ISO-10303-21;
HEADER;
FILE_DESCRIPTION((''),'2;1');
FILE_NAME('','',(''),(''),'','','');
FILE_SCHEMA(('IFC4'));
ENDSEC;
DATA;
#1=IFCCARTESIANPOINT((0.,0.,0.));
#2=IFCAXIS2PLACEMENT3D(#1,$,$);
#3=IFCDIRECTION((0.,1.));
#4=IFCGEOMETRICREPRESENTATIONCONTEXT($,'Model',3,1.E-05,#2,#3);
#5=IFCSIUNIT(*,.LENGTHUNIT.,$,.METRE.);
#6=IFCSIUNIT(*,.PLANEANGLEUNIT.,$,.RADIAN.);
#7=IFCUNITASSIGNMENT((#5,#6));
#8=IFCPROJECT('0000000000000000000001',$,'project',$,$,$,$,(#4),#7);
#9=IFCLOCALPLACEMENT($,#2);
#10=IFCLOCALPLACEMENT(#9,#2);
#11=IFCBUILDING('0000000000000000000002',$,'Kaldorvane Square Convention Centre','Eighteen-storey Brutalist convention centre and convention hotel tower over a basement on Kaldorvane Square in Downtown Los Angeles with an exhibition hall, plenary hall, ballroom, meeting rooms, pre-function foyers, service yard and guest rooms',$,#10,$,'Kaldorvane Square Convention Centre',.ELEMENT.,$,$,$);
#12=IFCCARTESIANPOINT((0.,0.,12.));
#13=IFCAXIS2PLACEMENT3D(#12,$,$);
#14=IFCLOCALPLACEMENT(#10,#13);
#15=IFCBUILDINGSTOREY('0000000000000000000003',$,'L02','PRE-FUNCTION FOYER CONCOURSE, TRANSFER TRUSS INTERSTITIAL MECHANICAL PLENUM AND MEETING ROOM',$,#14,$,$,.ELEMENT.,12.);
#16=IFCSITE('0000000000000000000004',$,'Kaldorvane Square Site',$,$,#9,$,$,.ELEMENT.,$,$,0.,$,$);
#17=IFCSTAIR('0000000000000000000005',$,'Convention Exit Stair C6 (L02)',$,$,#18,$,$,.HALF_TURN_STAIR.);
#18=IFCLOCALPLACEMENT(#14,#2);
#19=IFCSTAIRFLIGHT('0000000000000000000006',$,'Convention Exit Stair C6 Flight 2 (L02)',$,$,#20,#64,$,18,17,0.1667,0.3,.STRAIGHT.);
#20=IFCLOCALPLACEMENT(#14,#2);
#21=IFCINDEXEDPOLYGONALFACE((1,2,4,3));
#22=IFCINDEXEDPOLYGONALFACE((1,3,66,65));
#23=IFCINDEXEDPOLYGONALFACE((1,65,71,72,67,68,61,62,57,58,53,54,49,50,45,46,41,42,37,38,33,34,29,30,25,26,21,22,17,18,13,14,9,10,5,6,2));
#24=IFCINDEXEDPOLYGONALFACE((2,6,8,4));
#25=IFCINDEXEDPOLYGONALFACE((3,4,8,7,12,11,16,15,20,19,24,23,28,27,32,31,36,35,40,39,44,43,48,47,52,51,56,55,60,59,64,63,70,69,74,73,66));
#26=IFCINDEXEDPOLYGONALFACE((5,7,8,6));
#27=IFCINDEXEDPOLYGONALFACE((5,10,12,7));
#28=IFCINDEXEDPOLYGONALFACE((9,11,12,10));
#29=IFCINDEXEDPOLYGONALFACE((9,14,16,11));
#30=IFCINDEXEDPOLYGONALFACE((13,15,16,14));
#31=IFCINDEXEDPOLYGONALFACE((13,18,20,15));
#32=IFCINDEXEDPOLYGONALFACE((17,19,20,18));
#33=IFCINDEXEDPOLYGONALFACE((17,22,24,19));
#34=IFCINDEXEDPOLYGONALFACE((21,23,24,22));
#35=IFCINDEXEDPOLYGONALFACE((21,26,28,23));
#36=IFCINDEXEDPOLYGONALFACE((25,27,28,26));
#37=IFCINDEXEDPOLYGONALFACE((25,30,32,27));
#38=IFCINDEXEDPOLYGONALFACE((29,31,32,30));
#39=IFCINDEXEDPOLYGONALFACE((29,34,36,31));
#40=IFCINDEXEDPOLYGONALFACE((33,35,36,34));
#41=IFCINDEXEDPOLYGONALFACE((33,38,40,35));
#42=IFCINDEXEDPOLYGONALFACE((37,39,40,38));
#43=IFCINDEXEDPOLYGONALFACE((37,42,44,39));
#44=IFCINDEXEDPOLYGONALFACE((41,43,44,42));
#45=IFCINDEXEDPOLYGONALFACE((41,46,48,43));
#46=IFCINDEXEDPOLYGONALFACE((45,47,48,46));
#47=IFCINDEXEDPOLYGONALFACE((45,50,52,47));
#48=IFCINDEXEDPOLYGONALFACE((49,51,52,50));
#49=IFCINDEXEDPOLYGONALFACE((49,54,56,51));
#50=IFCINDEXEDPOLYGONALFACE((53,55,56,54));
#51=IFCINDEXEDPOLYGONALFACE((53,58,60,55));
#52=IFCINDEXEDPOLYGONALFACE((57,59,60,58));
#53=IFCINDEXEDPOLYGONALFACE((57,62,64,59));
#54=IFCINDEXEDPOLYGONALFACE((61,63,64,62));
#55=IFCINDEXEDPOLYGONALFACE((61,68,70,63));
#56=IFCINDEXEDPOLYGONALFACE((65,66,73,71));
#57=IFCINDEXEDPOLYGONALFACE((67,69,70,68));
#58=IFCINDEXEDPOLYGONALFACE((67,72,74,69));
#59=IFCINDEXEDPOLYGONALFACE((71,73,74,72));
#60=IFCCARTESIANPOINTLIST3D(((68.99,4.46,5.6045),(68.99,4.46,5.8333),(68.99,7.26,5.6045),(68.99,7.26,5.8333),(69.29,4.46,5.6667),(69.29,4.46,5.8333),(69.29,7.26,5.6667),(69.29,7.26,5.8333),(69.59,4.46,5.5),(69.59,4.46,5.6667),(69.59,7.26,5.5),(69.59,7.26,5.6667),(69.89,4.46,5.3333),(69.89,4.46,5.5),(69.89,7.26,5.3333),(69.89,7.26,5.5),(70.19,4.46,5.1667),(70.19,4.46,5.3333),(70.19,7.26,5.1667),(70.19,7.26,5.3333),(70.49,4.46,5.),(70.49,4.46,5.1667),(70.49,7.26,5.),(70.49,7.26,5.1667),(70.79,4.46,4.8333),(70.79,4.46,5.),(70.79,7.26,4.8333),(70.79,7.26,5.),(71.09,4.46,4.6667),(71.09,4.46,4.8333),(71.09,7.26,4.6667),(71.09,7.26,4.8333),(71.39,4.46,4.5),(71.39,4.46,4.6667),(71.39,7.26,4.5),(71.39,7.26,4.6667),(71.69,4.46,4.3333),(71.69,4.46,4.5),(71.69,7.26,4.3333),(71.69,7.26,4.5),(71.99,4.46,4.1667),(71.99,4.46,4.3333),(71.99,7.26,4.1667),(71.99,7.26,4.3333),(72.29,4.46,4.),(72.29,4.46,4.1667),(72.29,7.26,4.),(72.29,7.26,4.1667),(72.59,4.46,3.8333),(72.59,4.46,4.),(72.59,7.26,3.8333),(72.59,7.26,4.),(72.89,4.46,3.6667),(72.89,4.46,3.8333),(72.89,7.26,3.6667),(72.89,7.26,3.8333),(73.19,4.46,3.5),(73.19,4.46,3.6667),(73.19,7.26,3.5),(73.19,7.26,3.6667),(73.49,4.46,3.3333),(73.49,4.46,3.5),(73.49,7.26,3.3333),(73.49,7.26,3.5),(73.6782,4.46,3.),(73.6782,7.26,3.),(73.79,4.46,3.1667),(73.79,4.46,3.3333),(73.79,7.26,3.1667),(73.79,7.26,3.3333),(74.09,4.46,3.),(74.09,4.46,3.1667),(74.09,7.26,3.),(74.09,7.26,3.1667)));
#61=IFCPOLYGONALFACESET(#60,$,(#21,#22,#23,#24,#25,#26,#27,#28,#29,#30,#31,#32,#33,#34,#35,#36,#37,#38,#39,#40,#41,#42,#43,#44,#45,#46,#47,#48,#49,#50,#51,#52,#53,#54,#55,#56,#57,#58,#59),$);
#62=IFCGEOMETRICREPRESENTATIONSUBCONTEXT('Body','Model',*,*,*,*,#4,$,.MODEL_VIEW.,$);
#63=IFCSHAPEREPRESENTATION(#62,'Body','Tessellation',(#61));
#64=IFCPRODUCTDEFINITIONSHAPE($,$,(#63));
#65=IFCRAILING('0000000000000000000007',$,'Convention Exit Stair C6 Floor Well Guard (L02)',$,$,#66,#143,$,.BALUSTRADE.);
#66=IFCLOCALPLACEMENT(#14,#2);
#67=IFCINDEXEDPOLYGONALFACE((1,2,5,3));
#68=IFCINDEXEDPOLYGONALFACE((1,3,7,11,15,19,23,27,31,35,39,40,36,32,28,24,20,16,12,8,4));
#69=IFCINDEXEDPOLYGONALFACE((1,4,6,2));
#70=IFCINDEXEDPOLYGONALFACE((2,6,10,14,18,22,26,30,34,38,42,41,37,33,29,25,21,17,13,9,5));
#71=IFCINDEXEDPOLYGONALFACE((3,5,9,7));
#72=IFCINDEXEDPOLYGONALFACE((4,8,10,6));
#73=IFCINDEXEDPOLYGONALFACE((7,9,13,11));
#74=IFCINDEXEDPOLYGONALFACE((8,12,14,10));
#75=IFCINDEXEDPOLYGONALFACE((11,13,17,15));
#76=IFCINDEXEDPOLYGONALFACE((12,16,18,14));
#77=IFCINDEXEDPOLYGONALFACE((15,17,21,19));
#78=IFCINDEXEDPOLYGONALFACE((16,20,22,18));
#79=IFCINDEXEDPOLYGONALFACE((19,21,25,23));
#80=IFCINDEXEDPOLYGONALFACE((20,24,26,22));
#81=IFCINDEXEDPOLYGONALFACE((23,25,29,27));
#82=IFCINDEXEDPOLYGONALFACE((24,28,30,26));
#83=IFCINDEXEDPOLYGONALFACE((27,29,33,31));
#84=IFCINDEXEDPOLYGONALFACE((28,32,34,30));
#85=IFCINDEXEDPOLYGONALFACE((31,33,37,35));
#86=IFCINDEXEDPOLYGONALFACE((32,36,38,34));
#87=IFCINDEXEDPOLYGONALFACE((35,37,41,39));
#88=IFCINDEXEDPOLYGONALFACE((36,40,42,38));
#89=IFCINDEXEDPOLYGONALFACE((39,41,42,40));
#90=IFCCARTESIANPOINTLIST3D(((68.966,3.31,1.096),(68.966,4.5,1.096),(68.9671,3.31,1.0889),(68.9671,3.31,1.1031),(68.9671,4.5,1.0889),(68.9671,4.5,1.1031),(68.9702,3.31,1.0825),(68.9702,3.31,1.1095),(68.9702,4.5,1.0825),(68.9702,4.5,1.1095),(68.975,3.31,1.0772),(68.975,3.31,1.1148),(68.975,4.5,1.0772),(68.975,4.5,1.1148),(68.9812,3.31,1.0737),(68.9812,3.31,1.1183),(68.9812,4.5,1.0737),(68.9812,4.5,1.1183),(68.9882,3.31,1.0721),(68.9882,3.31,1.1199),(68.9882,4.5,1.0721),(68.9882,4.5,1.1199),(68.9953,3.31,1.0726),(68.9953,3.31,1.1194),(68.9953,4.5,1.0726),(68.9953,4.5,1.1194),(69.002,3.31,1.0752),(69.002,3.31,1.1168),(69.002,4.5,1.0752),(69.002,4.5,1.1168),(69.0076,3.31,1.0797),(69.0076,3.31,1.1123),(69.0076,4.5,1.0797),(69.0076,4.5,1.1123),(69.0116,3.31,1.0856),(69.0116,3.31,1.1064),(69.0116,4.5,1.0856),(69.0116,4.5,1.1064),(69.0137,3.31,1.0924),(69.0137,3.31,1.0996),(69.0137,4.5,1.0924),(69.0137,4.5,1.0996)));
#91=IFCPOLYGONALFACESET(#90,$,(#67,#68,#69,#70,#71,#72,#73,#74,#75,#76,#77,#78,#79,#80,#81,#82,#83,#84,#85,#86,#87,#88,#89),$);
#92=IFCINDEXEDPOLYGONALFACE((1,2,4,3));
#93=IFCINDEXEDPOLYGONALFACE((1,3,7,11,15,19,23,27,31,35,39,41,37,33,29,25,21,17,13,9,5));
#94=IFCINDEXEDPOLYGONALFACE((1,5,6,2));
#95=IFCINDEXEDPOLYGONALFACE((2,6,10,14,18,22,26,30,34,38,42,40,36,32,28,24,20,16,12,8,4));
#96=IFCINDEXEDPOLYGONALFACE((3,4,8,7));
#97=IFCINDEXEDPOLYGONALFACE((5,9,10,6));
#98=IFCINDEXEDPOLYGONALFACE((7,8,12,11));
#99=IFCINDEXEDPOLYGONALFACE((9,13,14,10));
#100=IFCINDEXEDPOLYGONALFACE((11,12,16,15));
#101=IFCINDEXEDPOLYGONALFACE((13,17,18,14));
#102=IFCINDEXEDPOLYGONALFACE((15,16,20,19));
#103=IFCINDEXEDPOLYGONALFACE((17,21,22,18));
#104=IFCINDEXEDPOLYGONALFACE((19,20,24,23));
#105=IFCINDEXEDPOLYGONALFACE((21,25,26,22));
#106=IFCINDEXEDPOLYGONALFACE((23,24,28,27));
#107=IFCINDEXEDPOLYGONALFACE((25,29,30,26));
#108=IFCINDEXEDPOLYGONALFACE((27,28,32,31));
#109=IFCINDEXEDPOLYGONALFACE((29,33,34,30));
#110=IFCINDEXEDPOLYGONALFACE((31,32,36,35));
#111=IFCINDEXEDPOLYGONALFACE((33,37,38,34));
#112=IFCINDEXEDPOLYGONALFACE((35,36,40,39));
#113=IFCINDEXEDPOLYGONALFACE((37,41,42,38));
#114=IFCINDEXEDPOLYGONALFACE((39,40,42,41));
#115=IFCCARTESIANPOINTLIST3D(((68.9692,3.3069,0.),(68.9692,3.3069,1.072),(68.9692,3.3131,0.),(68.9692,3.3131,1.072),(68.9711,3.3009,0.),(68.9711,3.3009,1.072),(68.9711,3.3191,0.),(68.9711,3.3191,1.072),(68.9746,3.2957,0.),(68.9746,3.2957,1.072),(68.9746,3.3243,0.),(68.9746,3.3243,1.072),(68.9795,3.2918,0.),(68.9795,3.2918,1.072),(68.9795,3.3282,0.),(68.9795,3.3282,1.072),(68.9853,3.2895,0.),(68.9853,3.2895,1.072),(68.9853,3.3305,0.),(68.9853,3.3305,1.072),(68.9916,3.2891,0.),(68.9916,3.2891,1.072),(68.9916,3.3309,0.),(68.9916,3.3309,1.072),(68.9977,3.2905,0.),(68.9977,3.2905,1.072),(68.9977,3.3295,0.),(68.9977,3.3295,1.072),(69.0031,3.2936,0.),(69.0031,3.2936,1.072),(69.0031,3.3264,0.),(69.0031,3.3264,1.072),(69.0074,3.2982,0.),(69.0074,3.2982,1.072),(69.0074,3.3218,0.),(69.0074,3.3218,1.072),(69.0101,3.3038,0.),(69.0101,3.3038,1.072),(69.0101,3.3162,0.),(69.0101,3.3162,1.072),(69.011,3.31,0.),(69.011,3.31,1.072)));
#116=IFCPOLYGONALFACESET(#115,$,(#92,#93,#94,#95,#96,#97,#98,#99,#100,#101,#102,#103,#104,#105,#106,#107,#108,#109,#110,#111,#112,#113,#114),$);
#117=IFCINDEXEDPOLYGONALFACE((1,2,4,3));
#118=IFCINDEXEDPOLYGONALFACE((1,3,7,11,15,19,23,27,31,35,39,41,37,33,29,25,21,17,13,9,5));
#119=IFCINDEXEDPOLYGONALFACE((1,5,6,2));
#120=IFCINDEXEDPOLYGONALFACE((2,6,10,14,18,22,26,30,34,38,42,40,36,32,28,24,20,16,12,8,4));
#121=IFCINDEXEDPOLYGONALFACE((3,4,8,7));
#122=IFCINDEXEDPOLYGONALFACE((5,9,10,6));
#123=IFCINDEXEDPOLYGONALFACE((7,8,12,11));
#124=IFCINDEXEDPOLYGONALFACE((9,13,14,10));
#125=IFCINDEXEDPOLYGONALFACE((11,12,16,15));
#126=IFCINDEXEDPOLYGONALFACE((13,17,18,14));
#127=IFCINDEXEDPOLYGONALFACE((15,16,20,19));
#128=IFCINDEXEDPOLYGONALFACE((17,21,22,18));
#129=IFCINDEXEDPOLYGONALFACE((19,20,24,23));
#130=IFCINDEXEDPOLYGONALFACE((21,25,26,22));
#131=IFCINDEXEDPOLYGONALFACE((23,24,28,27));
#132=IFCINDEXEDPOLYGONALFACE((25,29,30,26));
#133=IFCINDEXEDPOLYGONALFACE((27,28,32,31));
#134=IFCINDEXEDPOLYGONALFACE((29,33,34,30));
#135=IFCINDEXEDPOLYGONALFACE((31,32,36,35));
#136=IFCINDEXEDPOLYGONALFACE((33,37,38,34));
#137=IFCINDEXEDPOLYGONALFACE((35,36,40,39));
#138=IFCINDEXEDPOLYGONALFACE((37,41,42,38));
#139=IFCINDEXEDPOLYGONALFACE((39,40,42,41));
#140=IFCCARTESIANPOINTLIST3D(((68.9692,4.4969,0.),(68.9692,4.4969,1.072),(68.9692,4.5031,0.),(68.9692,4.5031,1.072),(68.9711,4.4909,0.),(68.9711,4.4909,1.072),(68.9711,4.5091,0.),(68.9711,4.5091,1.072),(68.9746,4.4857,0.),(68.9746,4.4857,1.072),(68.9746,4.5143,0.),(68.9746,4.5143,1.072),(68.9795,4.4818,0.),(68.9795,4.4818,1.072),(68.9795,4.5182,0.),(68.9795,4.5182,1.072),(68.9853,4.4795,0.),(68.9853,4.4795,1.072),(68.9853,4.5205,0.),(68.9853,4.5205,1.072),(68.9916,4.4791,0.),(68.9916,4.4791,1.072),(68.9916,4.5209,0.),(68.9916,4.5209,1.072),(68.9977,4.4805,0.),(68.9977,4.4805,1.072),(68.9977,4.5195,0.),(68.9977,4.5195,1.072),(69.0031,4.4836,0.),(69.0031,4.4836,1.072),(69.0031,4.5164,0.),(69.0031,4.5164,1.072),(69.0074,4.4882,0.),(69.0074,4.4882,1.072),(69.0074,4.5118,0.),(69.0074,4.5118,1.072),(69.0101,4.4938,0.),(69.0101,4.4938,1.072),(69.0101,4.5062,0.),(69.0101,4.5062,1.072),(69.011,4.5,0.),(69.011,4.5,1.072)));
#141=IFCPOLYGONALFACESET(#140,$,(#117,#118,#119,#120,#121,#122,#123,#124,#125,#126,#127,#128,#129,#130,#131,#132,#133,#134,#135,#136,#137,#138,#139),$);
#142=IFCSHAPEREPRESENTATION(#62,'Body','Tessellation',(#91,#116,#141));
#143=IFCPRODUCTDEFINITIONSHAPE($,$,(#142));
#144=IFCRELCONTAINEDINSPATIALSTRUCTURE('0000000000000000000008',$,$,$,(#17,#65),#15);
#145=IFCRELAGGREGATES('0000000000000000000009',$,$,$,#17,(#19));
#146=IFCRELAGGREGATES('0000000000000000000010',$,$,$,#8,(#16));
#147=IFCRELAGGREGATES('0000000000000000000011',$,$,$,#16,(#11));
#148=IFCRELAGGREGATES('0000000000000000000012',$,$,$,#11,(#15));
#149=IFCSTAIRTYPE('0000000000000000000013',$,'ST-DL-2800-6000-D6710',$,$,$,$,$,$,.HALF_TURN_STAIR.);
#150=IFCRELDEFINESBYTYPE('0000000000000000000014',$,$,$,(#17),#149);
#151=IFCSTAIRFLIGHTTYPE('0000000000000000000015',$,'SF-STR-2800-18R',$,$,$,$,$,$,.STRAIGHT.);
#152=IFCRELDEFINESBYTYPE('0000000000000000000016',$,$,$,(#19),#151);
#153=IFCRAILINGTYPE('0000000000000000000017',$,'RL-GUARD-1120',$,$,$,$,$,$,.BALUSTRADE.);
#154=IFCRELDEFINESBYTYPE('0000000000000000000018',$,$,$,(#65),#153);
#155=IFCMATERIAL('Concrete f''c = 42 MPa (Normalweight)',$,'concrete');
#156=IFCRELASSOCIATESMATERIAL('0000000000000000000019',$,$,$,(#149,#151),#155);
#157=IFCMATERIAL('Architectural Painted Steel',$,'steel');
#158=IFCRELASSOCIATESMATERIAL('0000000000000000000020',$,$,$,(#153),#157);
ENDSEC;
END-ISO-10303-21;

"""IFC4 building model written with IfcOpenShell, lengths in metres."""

from ifc_helpers import new_model, si_unit, direction, frame, origin, origin_2d, place, context, subcontext, project, spatial, polyline, circle, outline, extrude, material, type_object, element, aggregate, save


model = new_model("IFC4")

# Units and contexts
model_context = context("Model", 3, precision=1e-05, world=origin(), true_north=direction((0.0, 1.0)))
body_context = subcontext(model_context, "Body", "Model", "MODEL_VIEW")
ifc_project = project(units=[si_unit("LENGTHUNIT", "METRE"), si_unit("PLANEANGLEUNIT", "RADIAN")], contexts=[model_context])

# Site, building, storey
site_placement = place(None, origin())
site = spatial("IfcSite", under=ifc_project, at=site_placement, Name="Kaldorvane Square Site", CompositionType="ELEMENT", RefElevation=0.0)
building_placement = place(site_placement, origin())
building = spatial("IfcBuilding", under=site, at=building_placement, Name="Kaldorvane Square Convention Centre", Description="Eighteen-storey Brutalist convention centre and convention hotel tower over a basement on Kaldorvane Square in Downtown Los Angeles with an exhibition hall, plenary hall, ballroom, meeting rooms, pre-function foyers, service yard and guest rooms", LongName="Kaldorvane Square Convention Centre", CompositionType="ELEMENT")
storey_placement = place(building_placement, frame((0.0, 0.0, 12.0)))
storey = spatial("IfcBuildingStorey", under=building, at=storey_placement, Name="L02", Description="PRE-FUNCTION FOYER CONCOURSE, TRANSFER TRUSS INTERSTITIAL MECHANICAL PLENUM AND MEETING ROOM", CompositionType="ELEMENT", Elevation=12.0)

# Stair, stair flight
ifc_material_1 = material(Name="Concrete f'c = 42 MPa (Normalweight)", Category="concrete")
stair_type = type_object("IfcStairType", Name="ST-DL-2800-6000-D6710", PredefinedType="HALF_TURN_STAIR", material=ifc_material_1)
stair_placement = place(storey_placement, origin())
stair = element("IfcStair", 1, at=stair_placement, inside=storey, type_object=stair_type, Name="Convention Exit Stair C6 (L02)", PredefinedType="HALF_TURN_STAIR")
stair_flight_type = type_object("IfcStairFlightType", Name="SF-STR-2800-18R", PredefinedType="STRAIGHT", material=ifc_material_1)
stair_flight_1_placement = place(storey_placement, frame((74.09, 5.86, 3.0), z_axis=(0.0, 0.0, 1.0), x_axis=(-1.0, 0.0, 0.0)))
stair_flight_1 = element("IfcStairFlight", 2, at=stair_flight_1_placement, type_object=stair_flight_type, Name="Convention Exit Stair C6 Flight 2 (L02)", NumberOfRisers=18, NumberOfTreads=17, PredefinedType="STRAIGHT", RiserHeight=0.1667, TreadLength=0.3, context=body_context, shape_type="SweptSolid", body=[
    extrude(outline(polyline([(0.0, 0.0), (0.0, 0.1667), (0.3, 0.1667), (0.3, 0.3333), (0.6, 0.3333), (0.6, 0.5), (0.9, 0.5), (0.9, 0.6667), (1.2, 0.6667), (1.2, 0.8333), (1.5, 0.8333), (1.5, 1.0), (1.8, 1.0), (1.8, 1.1667), (2.1, 1.1667), (2.1, 1.3333), (2.4, 1.3333), (2.4, 1.5), (2.7, 1.5), (2.7, 1.6667), (3.0, 1.6667), (3.0, 1.8333), (3.3, 1.8333), (3.3, 2.0), (3.6, 2.0), (3.6, 2.1667), (3.9, 2.1667), (3.9, 2.3333), (4.2, 2.3333), (4.2, 2.5), (4.5, 2.5), (4.5, 2.6667), (4.8, 2.6667), (4.8, 2.8333), (5.1, 2.8333), (5.1, 3.0), (5.1, 2.6045), (0.4118, 0.0), (0.0, 0.0)])), frame((0.0, 1.4, 0.0), z_axis=(0.0, -1.0, 0.0), x_axis=(1.0, 0.0, 0.0)), (0.0, 0.0, 1.0), 2.8),
])
aggregate(stair, [stair_flight_1])

# Railing
ifc_material_2 = material(Name="Architectural Painted Steel", Category="steel")
railing_type_1 = type_object("IfcRailingType", Name="RL-GUARD-1120", PredefinedType="BALUSTRADE", material=ifc_material_2)
for number, where, name in (
    (3, (68.99, 3.31, 0.0), "Convention Exit Stair C6 Floor Well Guard (L02)"),
):
    element("IfcRailing", number, at=place(storey_placement, frame(where)), inside=storey, type_object=railing_type_1, Name=name, PredefinedType="BALUSTRADE", context=body_context, shape_type="SweptSolid", body=[
        extrude(circle(Radius=0.024, at=origin_2d()), frame((0.0, 0.0, 1.096), z_axis=(0.0, 1.0, 0.0), x_axis=(-1.0, 0.0, 0.0)), (0.0, 0.0, 1.0), 1.19),
        extrude(circle(Radius=0.021, at=origin_2d()), origin(), (0.0, 0.0, 1.0), 1.072),
        extrude(circle(Radius=0.021, at=origin_2d()), frame((0.0, 1.19, 0.0)), (0.0, 0.0, 1.0), 1.072),
    ])

save(model, "model.ifc")
